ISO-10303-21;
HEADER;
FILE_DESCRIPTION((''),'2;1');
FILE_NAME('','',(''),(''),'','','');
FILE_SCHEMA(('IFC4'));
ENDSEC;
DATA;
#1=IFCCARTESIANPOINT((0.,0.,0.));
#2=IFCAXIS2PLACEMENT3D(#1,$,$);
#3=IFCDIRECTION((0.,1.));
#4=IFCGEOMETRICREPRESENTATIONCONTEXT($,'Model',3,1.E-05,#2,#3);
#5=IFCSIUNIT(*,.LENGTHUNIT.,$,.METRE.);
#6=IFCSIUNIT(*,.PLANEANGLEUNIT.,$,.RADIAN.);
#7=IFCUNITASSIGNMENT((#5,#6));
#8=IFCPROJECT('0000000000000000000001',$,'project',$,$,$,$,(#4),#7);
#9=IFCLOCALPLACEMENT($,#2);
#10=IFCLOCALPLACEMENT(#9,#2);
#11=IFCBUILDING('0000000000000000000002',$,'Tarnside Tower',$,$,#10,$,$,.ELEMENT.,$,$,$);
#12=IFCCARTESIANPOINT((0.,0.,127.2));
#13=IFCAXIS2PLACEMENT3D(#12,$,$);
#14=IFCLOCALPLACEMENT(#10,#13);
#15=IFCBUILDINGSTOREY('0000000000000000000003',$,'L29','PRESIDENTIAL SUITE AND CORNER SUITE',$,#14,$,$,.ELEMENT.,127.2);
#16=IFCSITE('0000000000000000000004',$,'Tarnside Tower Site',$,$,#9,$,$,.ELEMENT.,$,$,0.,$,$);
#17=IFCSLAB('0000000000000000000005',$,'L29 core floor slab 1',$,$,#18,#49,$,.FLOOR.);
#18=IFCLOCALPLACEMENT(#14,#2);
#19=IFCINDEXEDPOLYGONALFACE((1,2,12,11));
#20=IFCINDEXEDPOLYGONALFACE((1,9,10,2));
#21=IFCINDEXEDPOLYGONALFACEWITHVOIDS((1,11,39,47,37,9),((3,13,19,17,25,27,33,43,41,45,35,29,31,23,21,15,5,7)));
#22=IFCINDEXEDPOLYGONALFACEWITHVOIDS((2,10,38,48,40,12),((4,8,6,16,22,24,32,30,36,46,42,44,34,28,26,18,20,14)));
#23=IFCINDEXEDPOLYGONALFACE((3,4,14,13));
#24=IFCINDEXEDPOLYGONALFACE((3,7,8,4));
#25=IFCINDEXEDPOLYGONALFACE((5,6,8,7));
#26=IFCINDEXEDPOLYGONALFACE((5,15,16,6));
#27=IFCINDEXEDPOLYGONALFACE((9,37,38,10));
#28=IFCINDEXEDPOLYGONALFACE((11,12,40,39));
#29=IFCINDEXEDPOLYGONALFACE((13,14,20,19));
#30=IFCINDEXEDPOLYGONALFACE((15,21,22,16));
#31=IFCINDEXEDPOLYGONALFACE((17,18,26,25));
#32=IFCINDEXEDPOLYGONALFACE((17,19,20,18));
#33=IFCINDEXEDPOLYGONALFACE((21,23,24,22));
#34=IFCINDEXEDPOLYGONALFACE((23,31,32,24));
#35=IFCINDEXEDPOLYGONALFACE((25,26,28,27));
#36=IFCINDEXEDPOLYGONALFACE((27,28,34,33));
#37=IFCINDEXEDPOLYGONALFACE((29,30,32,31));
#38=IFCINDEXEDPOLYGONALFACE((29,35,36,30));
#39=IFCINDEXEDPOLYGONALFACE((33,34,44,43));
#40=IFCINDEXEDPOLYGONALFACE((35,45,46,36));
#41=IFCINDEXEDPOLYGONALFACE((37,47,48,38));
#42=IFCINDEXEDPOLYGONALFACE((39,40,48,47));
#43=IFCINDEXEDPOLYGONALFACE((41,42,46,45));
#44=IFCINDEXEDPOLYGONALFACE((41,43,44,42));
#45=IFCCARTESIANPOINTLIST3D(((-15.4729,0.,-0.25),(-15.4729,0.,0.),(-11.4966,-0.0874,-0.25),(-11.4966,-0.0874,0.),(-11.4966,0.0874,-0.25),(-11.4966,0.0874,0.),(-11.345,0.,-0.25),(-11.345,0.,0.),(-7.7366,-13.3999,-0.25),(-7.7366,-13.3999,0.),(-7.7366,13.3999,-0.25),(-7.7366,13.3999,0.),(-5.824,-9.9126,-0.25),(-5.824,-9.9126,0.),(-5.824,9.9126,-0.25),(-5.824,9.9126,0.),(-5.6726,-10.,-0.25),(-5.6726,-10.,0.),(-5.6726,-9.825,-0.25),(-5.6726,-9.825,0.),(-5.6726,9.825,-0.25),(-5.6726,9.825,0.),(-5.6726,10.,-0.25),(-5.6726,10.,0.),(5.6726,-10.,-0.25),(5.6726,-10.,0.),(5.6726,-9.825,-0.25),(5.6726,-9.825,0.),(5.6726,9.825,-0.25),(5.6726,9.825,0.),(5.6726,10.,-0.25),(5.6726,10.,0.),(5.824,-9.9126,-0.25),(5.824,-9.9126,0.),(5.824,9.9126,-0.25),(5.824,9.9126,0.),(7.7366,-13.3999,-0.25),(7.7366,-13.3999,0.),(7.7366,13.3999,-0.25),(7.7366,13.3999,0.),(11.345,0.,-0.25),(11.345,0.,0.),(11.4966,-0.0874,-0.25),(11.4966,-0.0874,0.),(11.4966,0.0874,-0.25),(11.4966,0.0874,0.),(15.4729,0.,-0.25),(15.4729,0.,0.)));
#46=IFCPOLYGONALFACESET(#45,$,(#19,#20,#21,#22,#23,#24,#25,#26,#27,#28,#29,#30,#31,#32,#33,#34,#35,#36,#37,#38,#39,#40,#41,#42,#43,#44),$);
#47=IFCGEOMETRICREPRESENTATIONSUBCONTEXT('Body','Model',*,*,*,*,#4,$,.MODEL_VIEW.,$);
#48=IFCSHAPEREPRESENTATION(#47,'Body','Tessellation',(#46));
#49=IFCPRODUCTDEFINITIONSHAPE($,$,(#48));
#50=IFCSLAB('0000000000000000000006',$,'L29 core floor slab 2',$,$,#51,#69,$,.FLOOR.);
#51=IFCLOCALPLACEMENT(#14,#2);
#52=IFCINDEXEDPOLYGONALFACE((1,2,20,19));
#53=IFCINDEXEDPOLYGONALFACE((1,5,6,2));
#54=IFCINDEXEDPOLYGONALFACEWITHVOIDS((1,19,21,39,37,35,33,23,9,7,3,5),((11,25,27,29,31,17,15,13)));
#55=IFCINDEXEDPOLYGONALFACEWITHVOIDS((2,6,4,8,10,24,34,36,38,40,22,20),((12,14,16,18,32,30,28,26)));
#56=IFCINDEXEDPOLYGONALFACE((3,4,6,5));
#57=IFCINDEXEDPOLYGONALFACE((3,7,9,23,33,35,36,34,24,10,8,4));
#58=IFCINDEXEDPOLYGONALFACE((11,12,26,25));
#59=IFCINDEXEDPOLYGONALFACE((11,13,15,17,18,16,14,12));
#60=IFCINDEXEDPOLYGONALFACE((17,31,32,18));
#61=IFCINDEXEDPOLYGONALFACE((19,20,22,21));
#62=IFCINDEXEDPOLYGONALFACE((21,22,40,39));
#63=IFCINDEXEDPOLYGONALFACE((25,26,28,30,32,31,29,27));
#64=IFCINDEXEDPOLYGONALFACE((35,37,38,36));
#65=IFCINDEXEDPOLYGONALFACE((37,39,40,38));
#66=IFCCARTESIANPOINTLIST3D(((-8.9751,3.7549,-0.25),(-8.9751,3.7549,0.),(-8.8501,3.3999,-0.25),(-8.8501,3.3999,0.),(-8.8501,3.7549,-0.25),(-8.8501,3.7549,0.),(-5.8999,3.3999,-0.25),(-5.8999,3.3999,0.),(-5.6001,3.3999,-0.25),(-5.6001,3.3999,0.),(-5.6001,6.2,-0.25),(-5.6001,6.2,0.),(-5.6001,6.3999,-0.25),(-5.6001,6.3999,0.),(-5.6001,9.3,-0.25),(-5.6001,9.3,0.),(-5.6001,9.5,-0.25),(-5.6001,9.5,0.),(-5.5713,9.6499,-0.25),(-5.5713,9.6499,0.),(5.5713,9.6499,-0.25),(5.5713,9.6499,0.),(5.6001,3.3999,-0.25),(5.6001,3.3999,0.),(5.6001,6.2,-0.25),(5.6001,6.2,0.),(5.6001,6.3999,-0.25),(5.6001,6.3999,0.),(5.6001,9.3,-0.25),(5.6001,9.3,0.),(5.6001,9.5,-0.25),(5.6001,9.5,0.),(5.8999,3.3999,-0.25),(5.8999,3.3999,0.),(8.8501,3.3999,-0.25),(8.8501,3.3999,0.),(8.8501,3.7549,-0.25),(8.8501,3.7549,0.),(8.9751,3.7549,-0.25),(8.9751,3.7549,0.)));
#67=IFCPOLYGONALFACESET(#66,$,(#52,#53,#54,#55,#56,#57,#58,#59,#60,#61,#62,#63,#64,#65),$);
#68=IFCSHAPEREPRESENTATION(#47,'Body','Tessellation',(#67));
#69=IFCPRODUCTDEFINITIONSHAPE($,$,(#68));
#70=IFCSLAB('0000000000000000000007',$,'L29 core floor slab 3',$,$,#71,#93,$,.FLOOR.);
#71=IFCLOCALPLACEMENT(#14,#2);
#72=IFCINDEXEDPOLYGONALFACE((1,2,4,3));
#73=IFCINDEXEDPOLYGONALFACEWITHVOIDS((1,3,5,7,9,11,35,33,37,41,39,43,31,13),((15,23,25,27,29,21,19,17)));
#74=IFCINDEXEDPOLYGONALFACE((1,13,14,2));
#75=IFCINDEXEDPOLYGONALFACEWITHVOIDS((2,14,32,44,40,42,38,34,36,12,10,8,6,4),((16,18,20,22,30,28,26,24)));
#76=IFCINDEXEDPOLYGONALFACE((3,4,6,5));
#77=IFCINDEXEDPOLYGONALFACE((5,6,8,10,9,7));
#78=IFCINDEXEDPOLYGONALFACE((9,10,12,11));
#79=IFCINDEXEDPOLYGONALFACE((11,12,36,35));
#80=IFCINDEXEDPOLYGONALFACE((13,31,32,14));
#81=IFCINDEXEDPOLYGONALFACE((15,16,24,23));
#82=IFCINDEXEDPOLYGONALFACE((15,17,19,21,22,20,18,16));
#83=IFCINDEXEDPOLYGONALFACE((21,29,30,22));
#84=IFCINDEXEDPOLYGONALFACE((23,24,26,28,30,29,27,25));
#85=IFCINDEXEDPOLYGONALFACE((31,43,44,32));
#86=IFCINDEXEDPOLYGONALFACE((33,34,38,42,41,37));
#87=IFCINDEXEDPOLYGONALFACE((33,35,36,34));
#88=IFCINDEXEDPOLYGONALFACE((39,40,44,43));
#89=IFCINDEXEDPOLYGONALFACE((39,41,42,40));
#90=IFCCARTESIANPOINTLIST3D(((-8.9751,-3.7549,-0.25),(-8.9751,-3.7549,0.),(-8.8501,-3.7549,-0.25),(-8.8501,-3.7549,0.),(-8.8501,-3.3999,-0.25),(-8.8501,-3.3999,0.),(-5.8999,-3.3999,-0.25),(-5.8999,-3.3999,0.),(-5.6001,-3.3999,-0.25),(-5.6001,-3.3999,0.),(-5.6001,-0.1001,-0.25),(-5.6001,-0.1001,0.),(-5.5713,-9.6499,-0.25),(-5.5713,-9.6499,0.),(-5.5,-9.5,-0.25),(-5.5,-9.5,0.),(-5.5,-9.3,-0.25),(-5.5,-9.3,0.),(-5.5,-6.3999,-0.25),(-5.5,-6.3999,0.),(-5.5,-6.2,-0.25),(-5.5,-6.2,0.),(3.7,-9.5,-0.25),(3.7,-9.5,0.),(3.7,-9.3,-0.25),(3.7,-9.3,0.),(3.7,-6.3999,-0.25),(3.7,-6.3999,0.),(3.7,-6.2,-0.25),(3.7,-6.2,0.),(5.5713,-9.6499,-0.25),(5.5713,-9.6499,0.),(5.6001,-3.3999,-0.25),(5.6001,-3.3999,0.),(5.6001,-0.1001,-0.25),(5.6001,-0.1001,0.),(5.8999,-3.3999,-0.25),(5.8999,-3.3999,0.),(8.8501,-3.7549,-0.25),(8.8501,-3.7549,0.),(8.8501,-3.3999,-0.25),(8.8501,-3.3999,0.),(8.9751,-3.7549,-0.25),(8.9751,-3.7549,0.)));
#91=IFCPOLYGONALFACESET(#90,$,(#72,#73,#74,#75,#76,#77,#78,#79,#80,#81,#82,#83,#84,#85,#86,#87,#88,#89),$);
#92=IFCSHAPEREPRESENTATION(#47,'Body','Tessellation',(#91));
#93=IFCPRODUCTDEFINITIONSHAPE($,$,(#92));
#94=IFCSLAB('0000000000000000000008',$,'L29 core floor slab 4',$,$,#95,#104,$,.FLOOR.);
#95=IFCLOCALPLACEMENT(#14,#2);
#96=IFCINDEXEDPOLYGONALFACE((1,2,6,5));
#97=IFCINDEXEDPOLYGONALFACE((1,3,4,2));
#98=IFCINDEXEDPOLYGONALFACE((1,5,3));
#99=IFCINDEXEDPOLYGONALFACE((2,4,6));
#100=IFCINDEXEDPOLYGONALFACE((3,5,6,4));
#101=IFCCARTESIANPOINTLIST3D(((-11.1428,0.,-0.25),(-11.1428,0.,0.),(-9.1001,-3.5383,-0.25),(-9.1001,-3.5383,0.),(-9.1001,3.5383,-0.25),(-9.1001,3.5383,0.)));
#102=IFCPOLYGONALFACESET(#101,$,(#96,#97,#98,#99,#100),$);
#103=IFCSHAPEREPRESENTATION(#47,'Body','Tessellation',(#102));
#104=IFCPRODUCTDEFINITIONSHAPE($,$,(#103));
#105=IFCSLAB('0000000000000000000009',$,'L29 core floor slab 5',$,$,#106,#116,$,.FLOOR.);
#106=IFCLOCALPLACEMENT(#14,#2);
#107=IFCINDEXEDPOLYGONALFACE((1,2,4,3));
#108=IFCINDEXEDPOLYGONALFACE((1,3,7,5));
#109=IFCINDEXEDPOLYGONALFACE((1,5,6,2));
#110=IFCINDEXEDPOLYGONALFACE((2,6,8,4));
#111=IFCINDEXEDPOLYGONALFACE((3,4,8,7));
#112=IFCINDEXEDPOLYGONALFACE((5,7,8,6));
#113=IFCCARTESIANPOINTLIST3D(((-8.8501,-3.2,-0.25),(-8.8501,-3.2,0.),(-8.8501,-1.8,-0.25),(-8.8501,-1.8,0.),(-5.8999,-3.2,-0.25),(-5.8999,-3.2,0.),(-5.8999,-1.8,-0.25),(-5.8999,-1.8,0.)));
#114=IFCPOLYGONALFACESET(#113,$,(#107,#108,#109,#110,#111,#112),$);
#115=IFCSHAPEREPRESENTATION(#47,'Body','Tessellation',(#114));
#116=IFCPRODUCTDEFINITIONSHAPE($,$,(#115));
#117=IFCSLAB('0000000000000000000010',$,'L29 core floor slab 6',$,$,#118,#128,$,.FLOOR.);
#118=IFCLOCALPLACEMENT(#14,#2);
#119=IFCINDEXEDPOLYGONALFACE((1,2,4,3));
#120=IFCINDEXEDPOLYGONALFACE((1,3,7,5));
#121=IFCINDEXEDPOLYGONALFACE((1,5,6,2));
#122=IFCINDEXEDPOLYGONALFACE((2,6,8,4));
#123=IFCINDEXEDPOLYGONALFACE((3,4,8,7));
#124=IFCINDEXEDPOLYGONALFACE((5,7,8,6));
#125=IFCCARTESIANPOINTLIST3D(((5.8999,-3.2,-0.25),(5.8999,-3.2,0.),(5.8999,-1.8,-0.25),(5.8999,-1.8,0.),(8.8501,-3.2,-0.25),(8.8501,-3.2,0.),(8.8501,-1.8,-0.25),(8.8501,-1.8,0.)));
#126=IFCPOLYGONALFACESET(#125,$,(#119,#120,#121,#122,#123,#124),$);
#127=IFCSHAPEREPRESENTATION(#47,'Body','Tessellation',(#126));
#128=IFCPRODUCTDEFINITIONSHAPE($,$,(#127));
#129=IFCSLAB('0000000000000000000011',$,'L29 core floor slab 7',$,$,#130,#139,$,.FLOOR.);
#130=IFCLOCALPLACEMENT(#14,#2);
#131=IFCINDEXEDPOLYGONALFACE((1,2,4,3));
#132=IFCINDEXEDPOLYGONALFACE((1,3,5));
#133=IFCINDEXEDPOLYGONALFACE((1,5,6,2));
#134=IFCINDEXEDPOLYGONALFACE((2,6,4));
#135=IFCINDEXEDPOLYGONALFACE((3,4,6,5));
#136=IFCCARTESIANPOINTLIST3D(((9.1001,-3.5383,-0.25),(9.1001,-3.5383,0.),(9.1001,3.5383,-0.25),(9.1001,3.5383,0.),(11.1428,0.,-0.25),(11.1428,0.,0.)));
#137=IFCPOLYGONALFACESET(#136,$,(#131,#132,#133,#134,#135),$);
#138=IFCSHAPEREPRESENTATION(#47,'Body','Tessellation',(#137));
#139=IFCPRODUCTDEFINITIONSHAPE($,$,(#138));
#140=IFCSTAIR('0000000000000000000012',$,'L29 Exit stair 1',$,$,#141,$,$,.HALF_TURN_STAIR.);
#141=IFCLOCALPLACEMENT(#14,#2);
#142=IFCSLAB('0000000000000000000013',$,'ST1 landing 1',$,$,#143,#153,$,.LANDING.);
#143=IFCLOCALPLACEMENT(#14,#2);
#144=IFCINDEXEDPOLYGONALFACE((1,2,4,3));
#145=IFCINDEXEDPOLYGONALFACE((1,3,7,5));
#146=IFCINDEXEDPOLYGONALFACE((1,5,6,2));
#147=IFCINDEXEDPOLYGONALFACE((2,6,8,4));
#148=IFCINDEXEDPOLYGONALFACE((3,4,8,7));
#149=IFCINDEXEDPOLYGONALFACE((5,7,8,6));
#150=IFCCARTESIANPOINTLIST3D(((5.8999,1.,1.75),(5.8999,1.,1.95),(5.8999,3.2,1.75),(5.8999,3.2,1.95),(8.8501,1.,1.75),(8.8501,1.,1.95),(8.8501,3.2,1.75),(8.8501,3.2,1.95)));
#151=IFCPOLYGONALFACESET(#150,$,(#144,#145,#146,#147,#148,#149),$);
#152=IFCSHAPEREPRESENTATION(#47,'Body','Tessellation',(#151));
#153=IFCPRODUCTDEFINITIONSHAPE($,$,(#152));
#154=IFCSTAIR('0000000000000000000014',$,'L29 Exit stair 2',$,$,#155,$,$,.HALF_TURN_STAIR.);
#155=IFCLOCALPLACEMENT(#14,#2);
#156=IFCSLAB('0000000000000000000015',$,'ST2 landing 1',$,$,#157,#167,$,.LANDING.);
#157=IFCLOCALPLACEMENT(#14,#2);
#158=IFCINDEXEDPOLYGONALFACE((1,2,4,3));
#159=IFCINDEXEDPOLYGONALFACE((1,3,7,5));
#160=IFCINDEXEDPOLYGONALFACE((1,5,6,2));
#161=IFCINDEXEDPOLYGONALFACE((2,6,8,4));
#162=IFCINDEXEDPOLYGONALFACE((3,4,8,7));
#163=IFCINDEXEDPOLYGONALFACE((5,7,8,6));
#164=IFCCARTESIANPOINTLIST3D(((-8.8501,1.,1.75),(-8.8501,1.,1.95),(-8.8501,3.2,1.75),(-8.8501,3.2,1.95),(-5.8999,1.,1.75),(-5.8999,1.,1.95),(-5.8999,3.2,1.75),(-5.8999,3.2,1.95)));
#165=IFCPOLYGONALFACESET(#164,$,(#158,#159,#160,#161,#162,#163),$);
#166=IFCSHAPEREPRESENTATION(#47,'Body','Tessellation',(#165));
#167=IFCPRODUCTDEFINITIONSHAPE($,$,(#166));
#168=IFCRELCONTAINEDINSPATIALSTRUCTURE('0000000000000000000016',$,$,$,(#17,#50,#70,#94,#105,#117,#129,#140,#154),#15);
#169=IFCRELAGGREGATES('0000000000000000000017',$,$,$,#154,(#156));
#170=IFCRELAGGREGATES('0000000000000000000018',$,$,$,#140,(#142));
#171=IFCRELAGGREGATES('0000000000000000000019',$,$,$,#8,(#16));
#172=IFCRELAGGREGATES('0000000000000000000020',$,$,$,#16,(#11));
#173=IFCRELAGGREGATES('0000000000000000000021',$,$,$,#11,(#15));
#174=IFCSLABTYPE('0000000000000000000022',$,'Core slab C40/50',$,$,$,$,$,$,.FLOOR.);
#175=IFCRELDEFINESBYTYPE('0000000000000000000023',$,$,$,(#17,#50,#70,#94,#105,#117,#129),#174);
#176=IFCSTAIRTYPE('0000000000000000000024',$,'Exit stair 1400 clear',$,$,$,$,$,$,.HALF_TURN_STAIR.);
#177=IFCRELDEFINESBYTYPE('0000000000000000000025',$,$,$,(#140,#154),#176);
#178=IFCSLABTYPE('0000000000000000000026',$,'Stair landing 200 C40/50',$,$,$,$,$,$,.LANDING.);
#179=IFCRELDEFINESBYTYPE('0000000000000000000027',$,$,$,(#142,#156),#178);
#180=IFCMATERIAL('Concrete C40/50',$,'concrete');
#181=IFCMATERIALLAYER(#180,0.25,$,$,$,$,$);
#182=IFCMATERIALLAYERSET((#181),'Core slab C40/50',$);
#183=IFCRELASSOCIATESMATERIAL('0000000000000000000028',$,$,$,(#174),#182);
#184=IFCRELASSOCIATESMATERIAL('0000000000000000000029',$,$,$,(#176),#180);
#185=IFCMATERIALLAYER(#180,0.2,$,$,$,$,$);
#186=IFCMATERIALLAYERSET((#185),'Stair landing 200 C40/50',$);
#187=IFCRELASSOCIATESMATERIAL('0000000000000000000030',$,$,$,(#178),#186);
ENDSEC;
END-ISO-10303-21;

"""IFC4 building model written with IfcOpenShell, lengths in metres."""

from ifc_helpers import new_model, si_unit, direction, frame, origin, place, context, subcontext, project, spatial, polyline, outline, extrude, material, layer, layer_set, type_object, element, aggregate, save


model = new_model("IFC4")

# Units and contexts
model_context = context("Model", 3, precision=1e-05, world=origin(), true_north=direction((0.0, 1.0)))
body_context = subcontext(model_context, "Body", "Model", "MODEL_VIEW")
ifc_project = project(units=[si_unit("LENGTHUNIT", "METRE"), si_unit("PLANEANGLEUNIT", "RADIAN")], contexts=[model_context])

# Site, building, storey
site_placement = place(None, origin())
site = spatial("IfcSite", under=ifc_project, at=site_placement, Name="Tarnside Tower Site", CompositionType="ELEMENT", RefElevation=0.0)
building_placement = place(site_placement, origin())
building = spatial("IfcBuilding", under=site, at=building_placement, Name="Tarnside Tower", CompositionType="ELEMENT")
storey_placement = place(building_placement, frame((0.0, 0.0, 127.2)))
storey = spatial("IfcBuildingStorey", under=building, at=storey_placement, Name="L29", Description="PRESIDENTIAL SUITE AND CORNER SUITE", CompositionType="ELEMENT", Elevation=127.2)

# Slabs
ifc_material_1 = material(Name="Concrete C40/50", Category="concrete")
ifc_layer_1 = layer(ifc_material_1, 0.25)
ifc_layer_set_1 = layer_set([ifc_layer_1], Name="Core slab C40/50")
slab_type_1 = type_object("IfcSlabType", Name="Core slab C40/50", PredefinedType="FLOOR", material=ifc_layer_set_1)
slab_1_placement = place(storey_placement, frame((0.0, 0.0, -0.25)))
element("IfcSlab", 1, at=slab_1_placement, inside=storey, type_object=slab_type_1, Name="L29 core floor slab 1", PredefinedType="FLOOR", context=body_context, shape_type="SweptSolid", body=[
    extrude(outline(polyline([(-15.4729, 0.0), (-7.7366, 13.3999), (7.7366, 13.3999), (15.4729, 0.0), (7.7366, -13.3999), (-7.7366, -13.3999), (-15.4729, 0.0)]), holes=[polyline([(5.824, -9.9126), (11.4966, -0.0874), (11.345, 0.0), (11.4966, 0.0874), (5.824, 9.9126), (5.6726, 9.825), (5.6726, 10.0), (-5.6726, 10.0), (-5.6726, 9.825), (-5.824, 9.9126), (-11.4966, 0.0874), (-11.345, 0.0), (-11.4966, -0.0874), (-5.824, -9.9126), (-5.6726, -9.825), (-5.6726, -10.0), (5.6726, -10.0), (5.6726, -9.825), (5.824, -9.9126)])]), origin(), (0.0, 0.0, 1.0), 0.25),
])
slab_2_placement = place(storey_placement, frame((0.0, 0.0, -0.25)))
element("IfcSlab", 2, at=slab_2_placement, inside=storey, type_object=slab_type_1, Name="L29 core floor slab 2", PredefinedType="FLOOR", context=body_context, shape_type="SweptSolid", body=[
    extrude(outline(polyline([(-8.9751, 3.7549), (-5.5713, 9.6499), (5.5713, 9.6499), (8.9751, 3.7549), (8.8501, 3.7549), (8.8501, 3.3999), (5.8999, 3.3999), (5.6001, 3.3999), (5.6001, 3.3999), (-5.6001, 3.3999), (-5.8999, 3.3999), (-8.8501, 3.3999), (-8.8501, 3.7549), (-8.9751, 3.7549)]), holes=[polyline([(-5.6001, 6.2), (5.6001, 6.2), (5.6001, 6.3999), (5.6001, 9.3), (5.6001, 9.5), (-5.6001, 9.5), (-5.6001, 9.3), (-5.6001, 6.3999), (-5.6001, 6.2)])]), origin(), (0.0, 0.0, 1.0), 0.25),
])
slab_3_placement = place(storey_placement, frame((0.0, 0.0, -0.25)))
element("IfcSlab", 3, at=slab_3_placement, inside=storey, type_object=slab_type_1, Name="L29 core floor slab 3", PredefinedType="FLOOR", context=body_context, shape_type="SweptSolid", body=[
    extrude(outline(polyline([(5.6001, -3.3999), (5.8999, -3.3999), (8.8501, -3.3999), (8.8501, -3.7549), (8.9751, -3.7549), (5.5713, -9.6499), (-5.5713, -9.6499), (-8.9751, -3.7549), (-8.8501, -3.7549), (-8.8501, -3.3999), (-5.8999, -3.3999), (-5.6001, -3.3999), (-5.6001, -0.1001), (5.6001, -0.1001), (5.6001, -3.3999)]), holes=[polyline([(-5.5, -9.3), (-5.5, -9.5), (3.7, -9.5), (3.7, -9.3), (3.7, -6.3999), (3.7, -6.2), (-5.5, -6.2), (-5.5, -6.3999), (-5.5, -9.3)])]), origin(), (0.0, 0.0, 1.0), 0.25),
])
slab_4_placement = place(storey_placement, frame((0.0, 0.0, -0.25)))
element("IfcSlab", 4, at=slab_4_placement, inside=storey, type_object=slab_type_1, Name="L29 core floor slab 4", PredefinedType="FLOOR", context=body_context, shape_type="SweptSolid", body=[
    extrude(outline(polyline([(-11.1428, 0.0), (-9.1001, 3.5383), (-9.1001, -3.5383), (-11.1428, 0.0)])), origin(), (0.0, 0.0, 1.0), 0.25),
])
slab_5_placement = place(storey_placement, frame((0.0, 0.0, -0.25)))
element("IfcSlab", 5, at=slab_5_placement, inside=storey, type_object=slab_type_1, Name="L29 core floor slab 5", PredefinedType="FLOOR", context=body_context, shape_type="SweptSolid", body=[
    extrude(outline(polyline([(-8.8501, -1.8), (-5.8999, -1.8), (-5.8999, -3.2), (-8.8501, -3.2), (-8.8501, -1.8)])), origin(), (0.0, 0.0, 1.0), 0.25),
])
slab_6_placement = place(storey_placement, frame((0.0, 0.0, -0.25)))
element("IfcSlab", 6, at=slab_6_placement, inside=storey, type_object=slab_type_1, Name="L29 core floor slab 6", PredefinedType="FLOOR", context=body_context, shape_type="SweptSolid", body=[
    extrude(outline(polyline([(5.8999, -3.2), (5.8999, -1.8), (8.8501, -1.8), (8.8501, -3.2), (5.8999, -3.2)])), origin(), (0.0, 0.0, 1.0), 0.25),
])
slab_7_placement = place(storey_placement, frame((0.0, 0.0, -0.25)))
element("IfcSlab", 7, at=slab_7_placement, inside=storey, type_object=slab_type_1, Name="L29 core floor slab 7", PredefinedType="FLOOR", context=body_context, shape_type="SweptSolid", body=[
    extrude(outline(polyline([(9.1001, -3.5383), (9.1001, 3.5383), (11.1428, 0.0), (9.1001, -3.5383)])), origin(), (0.0, 0.0, 1.0), 0.25),
])

# Stairs, slabs
stair_type = type_object("IfcStairType", Name="Exit stair 1400 clear", PredefinedType="HALF_TURN_STAIR", material=ifc_material_1)
stair_1_placement = place(storey_placement, origin())
stair_1 = element("IfcStair", 8, at=stair_1_placement, inside=storey, type_object=stair_type, Name="L29 Exit stair 1", PredefinedType="HALF_TURN_STAIR")
ifc_layer_2 = layer(ifc_material_1, 0.2)
ifc_layer_set_2 = layer_set([ifc_layer_2], Name="Stair landing 200 C40/50")
slab_type_2 = type_object("IfcSlabType", Name="Stair landing 200 C40/50", PredefinedType="LANDING", material=ifc_layer_set_2)
slab_8_placement = place(storey_placement, frame((0.0, 0.0, 1.75)))
slab_8 = element("IfcSlab", 9, at=slab_8_placement, type_object=slab_type_2, Name="ST1 landing 1", PredefinedType="LANDING", context=body_context, shape_type="SweptSolid", body=[
    extrude(outline(polyline([(8.8501, 1.0), (8.8501, 3.2), (5.8999, 3.2), (5.8999, 1.0), (8.8501, 1.0)])), origin(), (0.0, 0.0, 1.0), 0.2),
])
stair_2_placement = place(storey_placement, origin())
stair_2 = element("IfcStair", 10, at=stair_2_placement, inside=storey, type_object=stair_type, Name="L29 Exit stair 2", PredefinedType="HALF_TURN_STAIR")
slab_9_placement = place(storey_placement, frame((0.0, 0.0, 1.75)))
slab_9 = element("IfcSlab", 11, at=slab_9_placement, type_object=slab_type_2, Name="ST2 landing 1", PredefinedType="LANDING", context=body_context, shape_type="SweptSolid", body=[
    extrude(outline(polyline([(-5.8999, 1.0), (-5.8999, 3.2), (-8.8501, 3.2), (-8.8501, 1.0), (-5.8999, 1.0)])), origin(), (0.0, 0.0, 1.0), 0.2),
])
aggregate(stair_2, [slab_9])

aggregate(stair_1, [slab_8])

save(model, "model.ifc")
